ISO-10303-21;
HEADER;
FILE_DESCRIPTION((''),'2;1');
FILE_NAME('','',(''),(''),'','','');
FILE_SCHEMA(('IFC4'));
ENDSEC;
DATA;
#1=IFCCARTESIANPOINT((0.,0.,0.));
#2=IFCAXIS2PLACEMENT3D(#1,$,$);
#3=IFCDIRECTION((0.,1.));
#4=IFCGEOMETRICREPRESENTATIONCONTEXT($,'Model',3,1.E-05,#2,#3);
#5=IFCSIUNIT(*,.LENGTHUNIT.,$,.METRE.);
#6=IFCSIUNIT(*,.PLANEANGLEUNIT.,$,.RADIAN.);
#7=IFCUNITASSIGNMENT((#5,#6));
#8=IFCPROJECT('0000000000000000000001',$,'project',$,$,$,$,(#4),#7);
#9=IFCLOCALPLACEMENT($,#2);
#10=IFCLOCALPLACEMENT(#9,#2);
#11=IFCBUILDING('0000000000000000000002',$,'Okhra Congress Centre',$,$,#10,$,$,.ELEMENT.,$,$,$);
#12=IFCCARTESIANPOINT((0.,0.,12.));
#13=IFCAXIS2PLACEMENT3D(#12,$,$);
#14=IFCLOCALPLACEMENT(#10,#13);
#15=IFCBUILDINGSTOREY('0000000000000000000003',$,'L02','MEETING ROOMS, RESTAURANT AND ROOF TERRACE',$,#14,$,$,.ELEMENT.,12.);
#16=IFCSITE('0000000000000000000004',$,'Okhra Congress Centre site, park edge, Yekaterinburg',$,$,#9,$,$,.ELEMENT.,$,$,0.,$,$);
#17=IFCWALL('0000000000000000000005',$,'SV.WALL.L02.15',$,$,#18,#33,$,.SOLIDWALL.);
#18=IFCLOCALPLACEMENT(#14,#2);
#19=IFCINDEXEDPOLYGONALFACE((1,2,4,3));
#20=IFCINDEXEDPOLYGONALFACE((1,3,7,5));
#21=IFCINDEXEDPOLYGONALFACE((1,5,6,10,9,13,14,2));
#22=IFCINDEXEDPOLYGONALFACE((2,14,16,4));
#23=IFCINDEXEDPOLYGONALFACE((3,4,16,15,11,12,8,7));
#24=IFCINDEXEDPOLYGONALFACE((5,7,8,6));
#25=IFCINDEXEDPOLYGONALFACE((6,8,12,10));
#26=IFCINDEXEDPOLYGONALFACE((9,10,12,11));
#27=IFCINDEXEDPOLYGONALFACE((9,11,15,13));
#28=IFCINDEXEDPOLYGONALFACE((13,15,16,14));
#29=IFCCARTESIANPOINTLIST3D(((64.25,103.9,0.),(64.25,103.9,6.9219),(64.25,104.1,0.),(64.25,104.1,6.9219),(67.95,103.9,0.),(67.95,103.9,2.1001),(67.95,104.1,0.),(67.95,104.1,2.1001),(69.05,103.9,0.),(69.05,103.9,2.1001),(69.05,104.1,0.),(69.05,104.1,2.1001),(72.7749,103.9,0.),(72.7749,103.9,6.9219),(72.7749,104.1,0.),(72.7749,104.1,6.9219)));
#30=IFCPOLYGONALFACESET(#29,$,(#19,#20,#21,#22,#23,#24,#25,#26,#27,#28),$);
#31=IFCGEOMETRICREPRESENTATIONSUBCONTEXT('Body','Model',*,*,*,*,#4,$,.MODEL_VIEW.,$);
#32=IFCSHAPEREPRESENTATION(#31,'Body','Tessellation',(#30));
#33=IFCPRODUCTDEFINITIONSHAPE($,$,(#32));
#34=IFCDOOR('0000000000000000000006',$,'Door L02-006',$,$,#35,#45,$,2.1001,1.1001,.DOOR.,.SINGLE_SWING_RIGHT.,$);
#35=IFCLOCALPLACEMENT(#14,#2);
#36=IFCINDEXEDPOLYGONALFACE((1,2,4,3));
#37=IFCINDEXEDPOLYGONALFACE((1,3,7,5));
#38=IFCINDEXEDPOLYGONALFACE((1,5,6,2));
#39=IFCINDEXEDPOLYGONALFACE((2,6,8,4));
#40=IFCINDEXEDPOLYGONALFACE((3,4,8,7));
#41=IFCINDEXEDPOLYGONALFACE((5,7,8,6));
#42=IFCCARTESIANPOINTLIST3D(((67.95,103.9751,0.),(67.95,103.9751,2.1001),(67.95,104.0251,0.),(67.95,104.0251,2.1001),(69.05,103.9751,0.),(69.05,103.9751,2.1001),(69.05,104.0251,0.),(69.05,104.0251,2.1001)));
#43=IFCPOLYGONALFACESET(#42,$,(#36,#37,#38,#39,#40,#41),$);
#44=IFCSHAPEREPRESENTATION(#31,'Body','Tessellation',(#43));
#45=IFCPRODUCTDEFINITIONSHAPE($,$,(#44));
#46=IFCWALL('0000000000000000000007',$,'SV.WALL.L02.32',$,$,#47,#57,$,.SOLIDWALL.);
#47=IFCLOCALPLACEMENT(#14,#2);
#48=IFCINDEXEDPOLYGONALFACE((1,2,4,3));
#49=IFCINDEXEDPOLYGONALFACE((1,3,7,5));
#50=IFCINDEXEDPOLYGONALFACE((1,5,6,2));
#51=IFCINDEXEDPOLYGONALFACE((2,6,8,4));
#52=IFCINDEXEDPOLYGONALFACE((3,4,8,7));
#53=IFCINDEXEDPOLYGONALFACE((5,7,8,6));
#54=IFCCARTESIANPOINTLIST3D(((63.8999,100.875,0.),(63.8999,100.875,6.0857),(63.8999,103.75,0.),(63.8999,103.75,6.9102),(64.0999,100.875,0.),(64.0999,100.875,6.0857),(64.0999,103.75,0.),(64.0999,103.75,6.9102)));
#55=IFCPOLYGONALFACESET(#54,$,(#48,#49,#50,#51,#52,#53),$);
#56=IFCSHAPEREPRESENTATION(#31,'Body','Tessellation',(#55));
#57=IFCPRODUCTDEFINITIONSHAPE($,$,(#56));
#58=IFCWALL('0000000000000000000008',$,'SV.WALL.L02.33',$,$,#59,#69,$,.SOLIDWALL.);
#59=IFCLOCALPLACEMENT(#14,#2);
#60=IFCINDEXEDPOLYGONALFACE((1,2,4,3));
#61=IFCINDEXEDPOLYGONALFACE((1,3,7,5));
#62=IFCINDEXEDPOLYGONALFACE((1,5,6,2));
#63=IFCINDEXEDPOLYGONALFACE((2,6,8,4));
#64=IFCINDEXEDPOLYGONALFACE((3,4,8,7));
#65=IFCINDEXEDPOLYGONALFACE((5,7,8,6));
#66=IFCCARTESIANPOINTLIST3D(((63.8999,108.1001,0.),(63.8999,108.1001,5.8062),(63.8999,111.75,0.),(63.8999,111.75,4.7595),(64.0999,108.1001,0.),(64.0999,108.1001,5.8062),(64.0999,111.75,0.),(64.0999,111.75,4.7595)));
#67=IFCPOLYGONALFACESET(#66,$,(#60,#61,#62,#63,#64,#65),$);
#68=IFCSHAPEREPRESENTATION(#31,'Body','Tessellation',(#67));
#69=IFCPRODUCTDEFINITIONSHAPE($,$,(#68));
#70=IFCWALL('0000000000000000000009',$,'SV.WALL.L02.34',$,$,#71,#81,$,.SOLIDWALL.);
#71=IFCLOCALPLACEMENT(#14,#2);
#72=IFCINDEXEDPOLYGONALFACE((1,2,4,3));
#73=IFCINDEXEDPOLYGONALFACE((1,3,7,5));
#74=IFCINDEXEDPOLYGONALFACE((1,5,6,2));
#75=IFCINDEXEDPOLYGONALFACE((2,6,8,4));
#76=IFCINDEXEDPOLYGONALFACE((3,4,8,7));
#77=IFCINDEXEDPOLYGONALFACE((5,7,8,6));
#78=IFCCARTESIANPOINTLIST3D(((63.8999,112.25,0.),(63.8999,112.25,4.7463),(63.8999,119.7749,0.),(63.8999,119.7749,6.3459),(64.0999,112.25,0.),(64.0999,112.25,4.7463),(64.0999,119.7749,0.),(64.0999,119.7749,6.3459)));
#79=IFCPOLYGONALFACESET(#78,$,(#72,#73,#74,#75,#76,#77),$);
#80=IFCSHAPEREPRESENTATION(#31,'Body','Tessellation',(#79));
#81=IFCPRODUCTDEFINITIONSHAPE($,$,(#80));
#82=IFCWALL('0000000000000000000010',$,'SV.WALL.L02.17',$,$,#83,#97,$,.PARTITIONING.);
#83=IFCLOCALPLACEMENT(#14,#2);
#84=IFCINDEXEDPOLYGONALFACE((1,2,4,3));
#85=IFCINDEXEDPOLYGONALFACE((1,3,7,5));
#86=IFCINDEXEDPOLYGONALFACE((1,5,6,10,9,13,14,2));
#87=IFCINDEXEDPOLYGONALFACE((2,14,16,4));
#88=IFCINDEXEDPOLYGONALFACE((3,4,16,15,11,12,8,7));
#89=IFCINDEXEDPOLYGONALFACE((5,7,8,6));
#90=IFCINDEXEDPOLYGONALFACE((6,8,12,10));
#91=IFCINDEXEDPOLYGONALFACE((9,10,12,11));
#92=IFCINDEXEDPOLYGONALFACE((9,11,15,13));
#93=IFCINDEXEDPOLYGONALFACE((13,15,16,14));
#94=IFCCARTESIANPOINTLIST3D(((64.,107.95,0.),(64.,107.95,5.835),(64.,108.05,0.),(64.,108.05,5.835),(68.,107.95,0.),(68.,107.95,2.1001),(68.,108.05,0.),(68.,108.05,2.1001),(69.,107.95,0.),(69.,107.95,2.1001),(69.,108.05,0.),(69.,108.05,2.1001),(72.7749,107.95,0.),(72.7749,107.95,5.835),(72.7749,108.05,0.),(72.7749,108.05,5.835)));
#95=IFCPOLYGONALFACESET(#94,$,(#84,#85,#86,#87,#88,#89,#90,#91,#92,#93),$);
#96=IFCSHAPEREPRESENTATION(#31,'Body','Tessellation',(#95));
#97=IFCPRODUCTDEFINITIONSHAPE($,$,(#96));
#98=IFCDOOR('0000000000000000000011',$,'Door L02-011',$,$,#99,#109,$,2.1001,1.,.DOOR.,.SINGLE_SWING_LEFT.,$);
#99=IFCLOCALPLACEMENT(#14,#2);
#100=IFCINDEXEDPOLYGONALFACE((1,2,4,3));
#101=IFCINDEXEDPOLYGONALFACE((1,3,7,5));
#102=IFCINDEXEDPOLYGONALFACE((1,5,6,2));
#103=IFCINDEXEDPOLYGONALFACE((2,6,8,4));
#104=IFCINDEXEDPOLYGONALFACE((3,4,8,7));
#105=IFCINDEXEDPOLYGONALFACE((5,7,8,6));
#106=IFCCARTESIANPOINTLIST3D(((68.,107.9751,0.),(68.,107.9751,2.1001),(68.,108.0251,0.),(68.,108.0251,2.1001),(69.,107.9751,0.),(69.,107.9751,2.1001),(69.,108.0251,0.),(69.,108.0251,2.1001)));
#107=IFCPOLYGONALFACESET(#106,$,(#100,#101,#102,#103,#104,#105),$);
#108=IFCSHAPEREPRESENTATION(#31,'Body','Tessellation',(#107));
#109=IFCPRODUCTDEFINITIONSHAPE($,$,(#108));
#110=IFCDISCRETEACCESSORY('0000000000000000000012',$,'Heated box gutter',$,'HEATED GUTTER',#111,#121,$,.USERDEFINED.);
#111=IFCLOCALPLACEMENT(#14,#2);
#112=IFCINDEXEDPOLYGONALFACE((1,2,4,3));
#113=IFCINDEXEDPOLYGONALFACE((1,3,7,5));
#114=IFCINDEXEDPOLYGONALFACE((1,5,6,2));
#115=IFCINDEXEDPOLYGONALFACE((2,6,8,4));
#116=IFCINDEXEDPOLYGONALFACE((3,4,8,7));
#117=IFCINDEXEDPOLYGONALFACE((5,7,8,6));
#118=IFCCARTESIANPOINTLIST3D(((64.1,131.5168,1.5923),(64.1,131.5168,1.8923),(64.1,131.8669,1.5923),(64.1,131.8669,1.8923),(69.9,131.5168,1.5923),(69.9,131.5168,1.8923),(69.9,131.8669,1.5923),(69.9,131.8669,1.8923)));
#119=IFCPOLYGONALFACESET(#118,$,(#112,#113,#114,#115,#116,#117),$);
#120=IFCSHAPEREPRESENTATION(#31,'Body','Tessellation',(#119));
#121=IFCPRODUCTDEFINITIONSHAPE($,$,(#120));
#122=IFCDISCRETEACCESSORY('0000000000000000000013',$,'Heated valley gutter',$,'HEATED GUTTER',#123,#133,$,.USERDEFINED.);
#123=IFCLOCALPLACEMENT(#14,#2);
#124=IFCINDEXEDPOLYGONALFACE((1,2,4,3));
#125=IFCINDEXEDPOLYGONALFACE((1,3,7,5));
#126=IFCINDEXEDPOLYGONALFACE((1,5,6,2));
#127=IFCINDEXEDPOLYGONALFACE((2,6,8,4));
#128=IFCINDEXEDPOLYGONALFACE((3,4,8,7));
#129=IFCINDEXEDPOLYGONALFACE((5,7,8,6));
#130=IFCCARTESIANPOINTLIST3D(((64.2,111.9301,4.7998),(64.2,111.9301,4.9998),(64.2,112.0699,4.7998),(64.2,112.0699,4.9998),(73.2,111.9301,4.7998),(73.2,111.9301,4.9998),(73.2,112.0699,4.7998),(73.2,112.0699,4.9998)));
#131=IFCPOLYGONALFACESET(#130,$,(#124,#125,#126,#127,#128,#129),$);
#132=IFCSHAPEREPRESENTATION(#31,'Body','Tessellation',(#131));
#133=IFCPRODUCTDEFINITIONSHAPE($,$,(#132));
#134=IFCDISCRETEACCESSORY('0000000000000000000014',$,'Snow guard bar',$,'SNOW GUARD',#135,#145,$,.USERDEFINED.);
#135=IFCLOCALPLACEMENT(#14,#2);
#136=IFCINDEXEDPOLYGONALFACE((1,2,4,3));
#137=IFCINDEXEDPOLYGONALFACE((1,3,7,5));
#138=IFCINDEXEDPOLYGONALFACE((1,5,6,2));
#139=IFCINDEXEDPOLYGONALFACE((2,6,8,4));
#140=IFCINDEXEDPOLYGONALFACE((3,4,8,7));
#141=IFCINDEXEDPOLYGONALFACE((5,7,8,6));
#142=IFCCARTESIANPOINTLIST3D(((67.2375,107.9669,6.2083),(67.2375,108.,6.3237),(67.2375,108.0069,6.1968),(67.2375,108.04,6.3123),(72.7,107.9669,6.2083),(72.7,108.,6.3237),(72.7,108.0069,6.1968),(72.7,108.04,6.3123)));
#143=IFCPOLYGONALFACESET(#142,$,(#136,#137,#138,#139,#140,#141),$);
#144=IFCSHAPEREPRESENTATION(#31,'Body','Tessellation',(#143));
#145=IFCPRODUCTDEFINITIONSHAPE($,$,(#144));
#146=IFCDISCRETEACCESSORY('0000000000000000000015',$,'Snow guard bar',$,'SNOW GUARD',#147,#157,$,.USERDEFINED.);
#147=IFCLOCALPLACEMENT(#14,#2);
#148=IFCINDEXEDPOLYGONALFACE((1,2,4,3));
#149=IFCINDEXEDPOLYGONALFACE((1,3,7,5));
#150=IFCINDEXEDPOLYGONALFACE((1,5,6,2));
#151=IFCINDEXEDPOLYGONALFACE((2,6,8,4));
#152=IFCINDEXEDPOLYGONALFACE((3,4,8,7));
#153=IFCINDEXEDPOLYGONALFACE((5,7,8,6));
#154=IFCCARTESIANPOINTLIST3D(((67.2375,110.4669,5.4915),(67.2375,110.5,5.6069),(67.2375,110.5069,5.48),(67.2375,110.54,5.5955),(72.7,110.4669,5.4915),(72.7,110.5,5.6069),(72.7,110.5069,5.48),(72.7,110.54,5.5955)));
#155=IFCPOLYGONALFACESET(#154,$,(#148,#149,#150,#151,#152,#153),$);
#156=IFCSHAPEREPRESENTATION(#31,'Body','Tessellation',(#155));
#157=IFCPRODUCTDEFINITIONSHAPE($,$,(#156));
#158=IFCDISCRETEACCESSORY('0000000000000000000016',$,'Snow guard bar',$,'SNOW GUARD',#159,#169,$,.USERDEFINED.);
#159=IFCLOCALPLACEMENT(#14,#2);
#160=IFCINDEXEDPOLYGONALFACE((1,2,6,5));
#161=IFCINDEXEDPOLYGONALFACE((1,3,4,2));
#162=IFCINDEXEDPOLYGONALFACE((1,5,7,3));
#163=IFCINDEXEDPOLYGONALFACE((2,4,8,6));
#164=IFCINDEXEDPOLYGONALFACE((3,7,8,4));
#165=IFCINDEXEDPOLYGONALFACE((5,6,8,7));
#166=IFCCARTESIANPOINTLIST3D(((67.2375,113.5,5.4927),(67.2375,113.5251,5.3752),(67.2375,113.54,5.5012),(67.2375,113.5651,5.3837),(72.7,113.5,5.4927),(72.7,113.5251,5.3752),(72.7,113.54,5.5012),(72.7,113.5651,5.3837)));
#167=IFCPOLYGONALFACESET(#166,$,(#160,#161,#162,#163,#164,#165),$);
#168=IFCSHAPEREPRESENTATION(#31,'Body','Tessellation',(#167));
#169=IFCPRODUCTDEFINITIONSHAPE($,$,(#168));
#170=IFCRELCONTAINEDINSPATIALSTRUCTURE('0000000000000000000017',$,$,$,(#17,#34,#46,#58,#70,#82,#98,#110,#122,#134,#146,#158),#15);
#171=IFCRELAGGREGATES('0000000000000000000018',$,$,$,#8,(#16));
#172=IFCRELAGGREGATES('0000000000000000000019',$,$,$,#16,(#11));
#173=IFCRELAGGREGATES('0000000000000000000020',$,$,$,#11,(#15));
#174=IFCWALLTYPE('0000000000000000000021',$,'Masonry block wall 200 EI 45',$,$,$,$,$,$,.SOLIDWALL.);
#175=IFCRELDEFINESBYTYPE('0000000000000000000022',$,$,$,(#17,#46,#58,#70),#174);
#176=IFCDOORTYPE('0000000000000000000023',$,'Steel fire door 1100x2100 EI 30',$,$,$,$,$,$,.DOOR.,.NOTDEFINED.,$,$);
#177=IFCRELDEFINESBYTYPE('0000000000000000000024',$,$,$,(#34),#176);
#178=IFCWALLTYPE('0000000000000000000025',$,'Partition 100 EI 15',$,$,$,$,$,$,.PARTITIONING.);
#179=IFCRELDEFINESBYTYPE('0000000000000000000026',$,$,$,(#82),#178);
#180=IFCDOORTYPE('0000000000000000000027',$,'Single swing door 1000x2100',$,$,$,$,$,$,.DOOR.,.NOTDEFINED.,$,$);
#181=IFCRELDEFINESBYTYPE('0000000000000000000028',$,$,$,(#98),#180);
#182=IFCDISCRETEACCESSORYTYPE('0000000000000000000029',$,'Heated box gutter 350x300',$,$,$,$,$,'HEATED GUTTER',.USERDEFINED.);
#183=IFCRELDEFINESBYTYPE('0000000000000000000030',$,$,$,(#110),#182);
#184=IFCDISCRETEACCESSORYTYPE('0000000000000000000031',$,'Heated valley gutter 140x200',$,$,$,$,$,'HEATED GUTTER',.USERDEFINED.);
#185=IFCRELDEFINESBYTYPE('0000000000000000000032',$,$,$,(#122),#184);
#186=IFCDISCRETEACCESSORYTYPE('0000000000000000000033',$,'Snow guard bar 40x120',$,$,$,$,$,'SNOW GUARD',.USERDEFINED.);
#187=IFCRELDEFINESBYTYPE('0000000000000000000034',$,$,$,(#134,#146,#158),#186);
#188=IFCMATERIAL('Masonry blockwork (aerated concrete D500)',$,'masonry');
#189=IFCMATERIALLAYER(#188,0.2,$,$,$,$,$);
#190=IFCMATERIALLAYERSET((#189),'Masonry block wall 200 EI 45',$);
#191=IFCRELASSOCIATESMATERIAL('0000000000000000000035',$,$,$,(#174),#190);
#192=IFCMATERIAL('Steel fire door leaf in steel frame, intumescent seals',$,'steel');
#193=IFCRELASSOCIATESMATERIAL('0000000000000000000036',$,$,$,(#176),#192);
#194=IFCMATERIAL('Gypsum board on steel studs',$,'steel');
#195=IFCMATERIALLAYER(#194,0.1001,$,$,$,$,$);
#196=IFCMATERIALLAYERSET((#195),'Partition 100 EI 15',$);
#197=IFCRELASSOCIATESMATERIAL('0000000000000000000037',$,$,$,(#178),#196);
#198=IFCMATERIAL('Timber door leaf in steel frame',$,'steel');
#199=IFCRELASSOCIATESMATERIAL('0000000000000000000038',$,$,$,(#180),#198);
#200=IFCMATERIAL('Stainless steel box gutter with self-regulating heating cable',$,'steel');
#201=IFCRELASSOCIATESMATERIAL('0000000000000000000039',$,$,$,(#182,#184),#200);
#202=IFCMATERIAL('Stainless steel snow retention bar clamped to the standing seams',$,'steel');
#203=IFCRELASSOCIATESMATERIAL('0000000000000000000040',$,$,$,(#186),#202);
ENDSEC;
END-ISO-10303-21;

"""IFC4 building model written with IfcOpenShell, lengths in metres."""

from ifc_helpers import new_model, si_unit, direction, frame, frame_2d, origin, origin_2d, place, context, subcontext, project, spatial, polyline, rectangle, outline, extrude, material, layer, layer_set, type_object, element, fill, save


model = new_model("IFC4")

# Units and contexts
model_context = context("Model", 3, precision=1e-05, world=origin(), true_north=direction((0.0, 1.0)))
body_context = subcontext(model_context, "Body", "Model", "MODEL_VIEW")
ifc_project = project(units=[si_unit("LENGTHUNIT", "METRE"), si_unit("PLANEANGLEUNIT", "RADIAN")], contexts=[model_context])

# Site, building, storey
site_placement = place(None, origin())
site = spatial("IfcSite", under=ifc_project, at=site_placement, Name="Okhra Congress Centre site, park edge, Yekaterinburg", CompositionType="ELEMENT", RefElevation=0.0)
building_placement = place(site_placement, origin())
building = spatial("IfcBuilding", under=site, at=building_placement, Name="Okhra Congress Centre", CompositionType="ELEMENT")
storey_placement = place(building_placement, frame((0.0, 0.0, 12.0)))
storey = spatial("IfcBuildingStorey", under=building, at=storey_placement, Name="L02", Description="MEETING ROOMS, RESTAURANT AND ROOF TERRACE", CompositionType="ELEMENT", Elevation=12.0)

# Wall, opening, door
ifc_material_1 = material(Name="Masonry blockwork (aerated concrete D500)", Category="masonry")
ifc_layer_1 = layer(ifc_material_1, 0.2)
ifc_layer_set_1 = layer_set([ifc_layer_1], Name="Masonry block wall 200 EI 45")
wall_type_1 = type_object("IfcWallType", Name="Masonry block wall 200 EI 45", PredefinedType="SOLIDWALL", material=ifc_layer_set_1)
wall_1_placement = place(storey_placement, frame((64.25, 104.0, 0.0), z_axis=(0.0, 0.0, 1.0), x_axis=(1.0, 0.0, 0.0)))
wall_1 = element("IfcWall", 1, at=wall_1_placement, inside=storey, type_object=wall_type_1, Name="SV.WALL.L02.15", PredefinedType="SOLIDWALL", context=body_context, shape_type="SweptSolid", body=[
    extrude(rectangle(XDim=8.5249, YDim=0.2, at=frame_2d((4.2625, 0.0))), origin(), (0.0, 0.0, 1.0), 6.9219),
])
opening_1_placement = place(wall_1_placement, frame((3.7, 0.0, 0.0)))
opening_1 = element("IfcOpeningElement", 2, at=opening_1_placement, cuts=wall_1, PredefinedType="OPENING", context=body_context, shape_type="SweptSolid", body=[
    extrude(rectangle(XDim=1.1001, YDim=2.1001, at=frame_2d((0.55, 1.05))), frame((0.0, 0.1099, 0.0), z_axis=(0.0, -1.0, 0.0), x_axis=(1.0, 0.0, 0.0)), (0.0, 0.0, 1.0), 0.22),
])
ifc_material_2 = material(Name="Steel fire door leaf in steel frame, intumescent seals", Category="steel")
door_type_1 = type_object("IfcDoorType", Name="Steel fire door 1100x2100 EI 30", OperationType="NOTDEFINED", PredefinedType="DOOR", material=ifc_material_2)
door_1_placement = place(opening_1_placement, frame((1.1001, 0.0, 0.0), z_axis=(0.0, 0.0, 1.0), x_axis=(-1.0, 0.0, 0.0)))
door_1 = element("IfcDoor", 3, at=door_1_placement, inside=storey, type_object=door_type_1, Name="Door L02-006", OperationType="SINGLE_SWING_RIGHT", OverallHeight=2.1001, OverallWidth=1.1001, PredefinedType="DOOR", context=body_context, shape_type="SweptSolid", body=[
    extrude(rectangle(XDim=1.1001, YDim=2.1001, at=frame_2d((0.55, 1.05))), frame((0.0, 0.0249, 0.0), z_axis=(0.0, -1.0, 0.0), x_axis=(1.0, 0.0, 0.0)), (0.0, 0.0, 1.0), 0.05),
])
fill(opening_1, door_1)

# Walls
wall_2_placement = place(storey_placement, frame((64.0, 100.875, 0.0), z_axis=(0.0, 0.0, 1.0), x_axis=(0.0, 1.0, 0.0)))
element("IfcWall", 4, at=wall_2_placement, inside=storey, type_object=wall_type_1, Name="SV.WALL.L02.32", PredefinedType="SOLIDWALL", context=body_context, shape_type="SweptSolid", body=[
    extrude(outline(polyline([(0.0, 0.0), (2.875, 0.0), (2.875, 6.9102), (0.0, 6.0857), (0.0, 0.0)])), frame((0.0, 0.1001, 0.0), z_axis=(0.0, -1.0, 0.0), x_axis=(1.0, 0.0, 0.0)), (0.0, 0.0, 1.0), 0.2),
])
wall_3_placement = place(storey_placement, frame((64.0, 108.1001, 0.0), z_axis=(0.0, 0.0, 1.0), x_axis=(0.0, 1.0, 0.0)))
element("IfcWall", 5, at=wall_3_placement, inside=storey, type_object=wall_type_1, Name="SV.WALL.L02.33", PredefinedType="SOLIDWALL", context=body_context, shape_type="SweptSolid", body=[
    extrude(outline(polyline([(0.0, 0.0), (3.6499, 0.0), (3.6499, 4.7595), (0.0, 5.8062), (0.0, 0.0)])), frame((0.0, 0.1001, 0.0), z_axis=(0.0, -1.0, 0.0), x_axis=(1.0, 0.0, 0.0)), (0.0, 0.0, 1.0), 0.2),
])
wall_4_placement = place(storey_placement, frame((64.0, 112.25, 0.0), z_axis=(0.0, 0.0, 1.0), x_axis=(0.0, 1.0, 0.0)))
element("IfcWall", 6, at=wall_4_placement, inside=storey, type_object=wall_type_1, Name="SV.WALL.L02.34", PredefinedType="SOLIDWALL", context=body_context, shape_type="SweptSolid", body=[
    extrude(outline(polyline([(0.0, 0.0), (7.5249, 0.0), (7.5249, 6.3459), (0.0, 4.7463), (0.0, 0.0)])), frame((0.0, 0.1001, 0.0), z_axis=(0.0, -1.0, 0.0), x_axis=(1.0, 0.0, 0.0)), (0.0, 0.0, 1.0), 0.2),
])

# Wall, opening, door
ifc_material_3 = material(Name="Gypsum board on steel studs", Category="steel")
ifc_layer_2 = layer(ifc_material_3, 0.1001)
ifc_layer_set_2 = layer_set([ifc_layer_2], Name="Partition 100 EI 15")
wall_type_2 = type_object("IfcWallType", Name="Partition 100 EI 15", PredefinedType="PARTITIONING", material=ifc_layer_set_2)
wall_5_placement = place(storey_placement, frame((64.0, 108.0, 0.0), z_axis=(0.0, 0.0, 1.0), x_axis=(1.0, 0.0, 0.0)))
wall_5 = element("IfcWall", 7, at=wall_5_placement, inside=storey, type_object=wall_type_2, Name="SV.WALL.L02.17", PredefinedType="PARTITIONING", context=body_context, shape_type="SweptSolid", body=[
    extrude(rectangle(XDim=8.7749, YDim=0.1001, at=frame_2d((4.3875, 0.0))), origin(), (0.0, 0.0, 1.0), 5.835),
])
opening_2_placement = place(wall_5_placement, frame((4.0, 0.0, 0.0)))
opening_2 = element("IfcOpeningElement", 8, at=opening_2_placement, cuts=wall_5, PredefinedType="OPENING", context=body_context, shape_type="SweptSolid", body=[
    extrude(rectangle(XDim=1.0, YDim=2.1001, at=frame_2d((0.5, 1.05))), frame((0.0, 0.0601, 0.0), z_axis=(0.0, -1.0, 0.0), x_axis=(1.0, 0.0, 0.0)), (0.0, 0.0, 1.0), 0.1201),
])
ifc_material_4 = material(Name="Timber door leaf in steel frame", Category="steel")
door_type_2 = type_object("IfcDoorType", Name="Single swing door 1000x2100", OperationType="NOTDEFINED", PredefinedType="DOOR", material=ifc_material_4)
door_2_placement = place(opening_2_placement, frame((1.0, 0.0, 0.0), z_axis=(0.0, 0.0, 1.0), x_axis=(-1.0, 0.0, 0.0)))
door_2 = element("IfcDoor", 9, at=door_2_placement, inside=storey, type_object=door_type_2, Name="Door L02-011", OperationType="SINGLE_SWING_LEFT", OverallHeight=2.1001, OverallWidth=1.0, PredefinedType="DOOR", context=body_context, shape_type="SweptSolid", body=[
    extrude(rectangle(XDim=1.0, YDim=2.1001, at=frame_2d((0.5, 1.05))), frame((0.0, 0.0249, 0.0), z_axis=(0.0, -1.0, 0.0), x_axis=(1.0, 0.0, 0.0)), (0.0, 0.0, 1.0), 0.05),
])
fill(opening_2, door_2)

# Discrete accessories
ifc_material_5 = material(Name="Stainless steel box gutter with self-regulating heating cable", Category="steel")
discrete_accessory_type_1 = type_object("IfcDiscreteAccessoryType", Name="Heated box gutter 350x300", ElementType="HEATED GUTTER", PredefinedType="USERDEFINED", material=ifc_material_5)
discrete_accessory_1_placement = place(storey_placement, frame((67.0, 131.6919, 1.5923), z_axis=(0.0, 0.0, 1.0), x_axis=(1.0, 0.0, 0.0)))
element("IfcDiscreteAccessory", 10, at=discrete_accessory_1_placement, inside=storey, type_object=discrete_accessory_type_1, Name="Heated box gutter", ObjectType="HEATED GUTTER", PredefinedType="USERDEFINED", context=body_context, shape_type="SweptSolid", body=[
    extrude(rectangle(XDim=5.8, YDim=0.3501, at=origin_2d()), origin(), (0.0, 0.0, 1.0), 0.3),
])
discrete_accessory_type_2 = type_object("IfcDiscreteAccessoryType", Name="Heated valley gutter 140x200", ElementType="HEATED GUTTER", PredefinedType="USERDEFINED", material=ifc_material_5)
discrete_accessory_2_placement = place(storey_placement, frame((68.7, 112.0, 4.7998), z_axis=(0.0, 0.0, 1.0), x_axis=(1.0, 0.0, 0.0)))
element("IfcDiscreteAccessory", 11, at=discrete_accessory_2_placement, inside=storey, type_object=discrete_accessory_type_2, Name="Heated valley gutter", ObjectType="HEATED GUTTER", PredefinedType="USERDEFINED", context=body_context, shape_type="SweptSolid", body=[
    extrude(rectangle(XDim=9.0, YDim=0.1399, at=origin_2d()), origin(), (0.0, 0.0, 1.0), 0.2),
])
ifc_material_6 = material(Name="Stainless steel snow retention bar clamped to the standing seams", Category="steel")
discrete_accessory_type_3 = type_object("IfcDiscreteAccessoryType", Name="Snow guard bar 40x120", ElementType="SNOW GUARD", PredefinedType="USERDEFINED", material=ifc_material_6)
for number, where, z_axis, x_axis, name in (
    (12, (67.2375, 108.0, 6.3237), (0.0, 0.275495, 0.961302), (1.0, 0.0, 0.0), "Snow guard bar"),
    (13, (67.2375, 110.5, 5.6069), (0.0, 0.275495, 0.961302), (1.0, 0.0, 0.0), "Snow guard bar"),
):
    element("IfcDiscreteAccessory", number, at=place(storey_placement, frame(where, z_axis=z_axis, x_axis=x_axis)), inside=storey, type_object=discrete_accessory_type_3, Name=name, ObjectType="SNOW GUARD", PredefinedType="USERDEFINED", context=body_context, shape_type="SweptSolid", body=[
        extrude(outline(polyline([(0.0, 0.0), (5.4624, 0.0), (5.4624, 0.0417), (0.0, 0.0417), (0.0, 0.0)])), origin(), (0.0, 0.0, -1.0), 0.1201),
    ])
for number, where, z_axis, x_axis, name in (
    (14, (67.2375, 113.5, 5.4927), (0.0, -0.208715, 0.977977), (1.0, 0.0, 0.0), "Snow guard bar"),
):
    element("IfcDiscreteAccessory", number, at=place(storey_placement, frame(where, z_axis=z_axis, x_axis=x_axis)), inside=storey, type_object=discrete_accessory_type_3, Name=name, ObjectType="SNOW GUARD", PredefinedType="USERDEFINED", context=body_context, shape_type="SweptSolid", body=[
        extrude(outline(polyline([(0.0, 0.0), (5.4624, 0.0), (5.4624, 0.0409), (0.0, 0.0409), (0.0, 0.0)])), origin(), (0.0, 0.0, -1.0), 0.1201),
    ])

save(model, "model.ifc")
